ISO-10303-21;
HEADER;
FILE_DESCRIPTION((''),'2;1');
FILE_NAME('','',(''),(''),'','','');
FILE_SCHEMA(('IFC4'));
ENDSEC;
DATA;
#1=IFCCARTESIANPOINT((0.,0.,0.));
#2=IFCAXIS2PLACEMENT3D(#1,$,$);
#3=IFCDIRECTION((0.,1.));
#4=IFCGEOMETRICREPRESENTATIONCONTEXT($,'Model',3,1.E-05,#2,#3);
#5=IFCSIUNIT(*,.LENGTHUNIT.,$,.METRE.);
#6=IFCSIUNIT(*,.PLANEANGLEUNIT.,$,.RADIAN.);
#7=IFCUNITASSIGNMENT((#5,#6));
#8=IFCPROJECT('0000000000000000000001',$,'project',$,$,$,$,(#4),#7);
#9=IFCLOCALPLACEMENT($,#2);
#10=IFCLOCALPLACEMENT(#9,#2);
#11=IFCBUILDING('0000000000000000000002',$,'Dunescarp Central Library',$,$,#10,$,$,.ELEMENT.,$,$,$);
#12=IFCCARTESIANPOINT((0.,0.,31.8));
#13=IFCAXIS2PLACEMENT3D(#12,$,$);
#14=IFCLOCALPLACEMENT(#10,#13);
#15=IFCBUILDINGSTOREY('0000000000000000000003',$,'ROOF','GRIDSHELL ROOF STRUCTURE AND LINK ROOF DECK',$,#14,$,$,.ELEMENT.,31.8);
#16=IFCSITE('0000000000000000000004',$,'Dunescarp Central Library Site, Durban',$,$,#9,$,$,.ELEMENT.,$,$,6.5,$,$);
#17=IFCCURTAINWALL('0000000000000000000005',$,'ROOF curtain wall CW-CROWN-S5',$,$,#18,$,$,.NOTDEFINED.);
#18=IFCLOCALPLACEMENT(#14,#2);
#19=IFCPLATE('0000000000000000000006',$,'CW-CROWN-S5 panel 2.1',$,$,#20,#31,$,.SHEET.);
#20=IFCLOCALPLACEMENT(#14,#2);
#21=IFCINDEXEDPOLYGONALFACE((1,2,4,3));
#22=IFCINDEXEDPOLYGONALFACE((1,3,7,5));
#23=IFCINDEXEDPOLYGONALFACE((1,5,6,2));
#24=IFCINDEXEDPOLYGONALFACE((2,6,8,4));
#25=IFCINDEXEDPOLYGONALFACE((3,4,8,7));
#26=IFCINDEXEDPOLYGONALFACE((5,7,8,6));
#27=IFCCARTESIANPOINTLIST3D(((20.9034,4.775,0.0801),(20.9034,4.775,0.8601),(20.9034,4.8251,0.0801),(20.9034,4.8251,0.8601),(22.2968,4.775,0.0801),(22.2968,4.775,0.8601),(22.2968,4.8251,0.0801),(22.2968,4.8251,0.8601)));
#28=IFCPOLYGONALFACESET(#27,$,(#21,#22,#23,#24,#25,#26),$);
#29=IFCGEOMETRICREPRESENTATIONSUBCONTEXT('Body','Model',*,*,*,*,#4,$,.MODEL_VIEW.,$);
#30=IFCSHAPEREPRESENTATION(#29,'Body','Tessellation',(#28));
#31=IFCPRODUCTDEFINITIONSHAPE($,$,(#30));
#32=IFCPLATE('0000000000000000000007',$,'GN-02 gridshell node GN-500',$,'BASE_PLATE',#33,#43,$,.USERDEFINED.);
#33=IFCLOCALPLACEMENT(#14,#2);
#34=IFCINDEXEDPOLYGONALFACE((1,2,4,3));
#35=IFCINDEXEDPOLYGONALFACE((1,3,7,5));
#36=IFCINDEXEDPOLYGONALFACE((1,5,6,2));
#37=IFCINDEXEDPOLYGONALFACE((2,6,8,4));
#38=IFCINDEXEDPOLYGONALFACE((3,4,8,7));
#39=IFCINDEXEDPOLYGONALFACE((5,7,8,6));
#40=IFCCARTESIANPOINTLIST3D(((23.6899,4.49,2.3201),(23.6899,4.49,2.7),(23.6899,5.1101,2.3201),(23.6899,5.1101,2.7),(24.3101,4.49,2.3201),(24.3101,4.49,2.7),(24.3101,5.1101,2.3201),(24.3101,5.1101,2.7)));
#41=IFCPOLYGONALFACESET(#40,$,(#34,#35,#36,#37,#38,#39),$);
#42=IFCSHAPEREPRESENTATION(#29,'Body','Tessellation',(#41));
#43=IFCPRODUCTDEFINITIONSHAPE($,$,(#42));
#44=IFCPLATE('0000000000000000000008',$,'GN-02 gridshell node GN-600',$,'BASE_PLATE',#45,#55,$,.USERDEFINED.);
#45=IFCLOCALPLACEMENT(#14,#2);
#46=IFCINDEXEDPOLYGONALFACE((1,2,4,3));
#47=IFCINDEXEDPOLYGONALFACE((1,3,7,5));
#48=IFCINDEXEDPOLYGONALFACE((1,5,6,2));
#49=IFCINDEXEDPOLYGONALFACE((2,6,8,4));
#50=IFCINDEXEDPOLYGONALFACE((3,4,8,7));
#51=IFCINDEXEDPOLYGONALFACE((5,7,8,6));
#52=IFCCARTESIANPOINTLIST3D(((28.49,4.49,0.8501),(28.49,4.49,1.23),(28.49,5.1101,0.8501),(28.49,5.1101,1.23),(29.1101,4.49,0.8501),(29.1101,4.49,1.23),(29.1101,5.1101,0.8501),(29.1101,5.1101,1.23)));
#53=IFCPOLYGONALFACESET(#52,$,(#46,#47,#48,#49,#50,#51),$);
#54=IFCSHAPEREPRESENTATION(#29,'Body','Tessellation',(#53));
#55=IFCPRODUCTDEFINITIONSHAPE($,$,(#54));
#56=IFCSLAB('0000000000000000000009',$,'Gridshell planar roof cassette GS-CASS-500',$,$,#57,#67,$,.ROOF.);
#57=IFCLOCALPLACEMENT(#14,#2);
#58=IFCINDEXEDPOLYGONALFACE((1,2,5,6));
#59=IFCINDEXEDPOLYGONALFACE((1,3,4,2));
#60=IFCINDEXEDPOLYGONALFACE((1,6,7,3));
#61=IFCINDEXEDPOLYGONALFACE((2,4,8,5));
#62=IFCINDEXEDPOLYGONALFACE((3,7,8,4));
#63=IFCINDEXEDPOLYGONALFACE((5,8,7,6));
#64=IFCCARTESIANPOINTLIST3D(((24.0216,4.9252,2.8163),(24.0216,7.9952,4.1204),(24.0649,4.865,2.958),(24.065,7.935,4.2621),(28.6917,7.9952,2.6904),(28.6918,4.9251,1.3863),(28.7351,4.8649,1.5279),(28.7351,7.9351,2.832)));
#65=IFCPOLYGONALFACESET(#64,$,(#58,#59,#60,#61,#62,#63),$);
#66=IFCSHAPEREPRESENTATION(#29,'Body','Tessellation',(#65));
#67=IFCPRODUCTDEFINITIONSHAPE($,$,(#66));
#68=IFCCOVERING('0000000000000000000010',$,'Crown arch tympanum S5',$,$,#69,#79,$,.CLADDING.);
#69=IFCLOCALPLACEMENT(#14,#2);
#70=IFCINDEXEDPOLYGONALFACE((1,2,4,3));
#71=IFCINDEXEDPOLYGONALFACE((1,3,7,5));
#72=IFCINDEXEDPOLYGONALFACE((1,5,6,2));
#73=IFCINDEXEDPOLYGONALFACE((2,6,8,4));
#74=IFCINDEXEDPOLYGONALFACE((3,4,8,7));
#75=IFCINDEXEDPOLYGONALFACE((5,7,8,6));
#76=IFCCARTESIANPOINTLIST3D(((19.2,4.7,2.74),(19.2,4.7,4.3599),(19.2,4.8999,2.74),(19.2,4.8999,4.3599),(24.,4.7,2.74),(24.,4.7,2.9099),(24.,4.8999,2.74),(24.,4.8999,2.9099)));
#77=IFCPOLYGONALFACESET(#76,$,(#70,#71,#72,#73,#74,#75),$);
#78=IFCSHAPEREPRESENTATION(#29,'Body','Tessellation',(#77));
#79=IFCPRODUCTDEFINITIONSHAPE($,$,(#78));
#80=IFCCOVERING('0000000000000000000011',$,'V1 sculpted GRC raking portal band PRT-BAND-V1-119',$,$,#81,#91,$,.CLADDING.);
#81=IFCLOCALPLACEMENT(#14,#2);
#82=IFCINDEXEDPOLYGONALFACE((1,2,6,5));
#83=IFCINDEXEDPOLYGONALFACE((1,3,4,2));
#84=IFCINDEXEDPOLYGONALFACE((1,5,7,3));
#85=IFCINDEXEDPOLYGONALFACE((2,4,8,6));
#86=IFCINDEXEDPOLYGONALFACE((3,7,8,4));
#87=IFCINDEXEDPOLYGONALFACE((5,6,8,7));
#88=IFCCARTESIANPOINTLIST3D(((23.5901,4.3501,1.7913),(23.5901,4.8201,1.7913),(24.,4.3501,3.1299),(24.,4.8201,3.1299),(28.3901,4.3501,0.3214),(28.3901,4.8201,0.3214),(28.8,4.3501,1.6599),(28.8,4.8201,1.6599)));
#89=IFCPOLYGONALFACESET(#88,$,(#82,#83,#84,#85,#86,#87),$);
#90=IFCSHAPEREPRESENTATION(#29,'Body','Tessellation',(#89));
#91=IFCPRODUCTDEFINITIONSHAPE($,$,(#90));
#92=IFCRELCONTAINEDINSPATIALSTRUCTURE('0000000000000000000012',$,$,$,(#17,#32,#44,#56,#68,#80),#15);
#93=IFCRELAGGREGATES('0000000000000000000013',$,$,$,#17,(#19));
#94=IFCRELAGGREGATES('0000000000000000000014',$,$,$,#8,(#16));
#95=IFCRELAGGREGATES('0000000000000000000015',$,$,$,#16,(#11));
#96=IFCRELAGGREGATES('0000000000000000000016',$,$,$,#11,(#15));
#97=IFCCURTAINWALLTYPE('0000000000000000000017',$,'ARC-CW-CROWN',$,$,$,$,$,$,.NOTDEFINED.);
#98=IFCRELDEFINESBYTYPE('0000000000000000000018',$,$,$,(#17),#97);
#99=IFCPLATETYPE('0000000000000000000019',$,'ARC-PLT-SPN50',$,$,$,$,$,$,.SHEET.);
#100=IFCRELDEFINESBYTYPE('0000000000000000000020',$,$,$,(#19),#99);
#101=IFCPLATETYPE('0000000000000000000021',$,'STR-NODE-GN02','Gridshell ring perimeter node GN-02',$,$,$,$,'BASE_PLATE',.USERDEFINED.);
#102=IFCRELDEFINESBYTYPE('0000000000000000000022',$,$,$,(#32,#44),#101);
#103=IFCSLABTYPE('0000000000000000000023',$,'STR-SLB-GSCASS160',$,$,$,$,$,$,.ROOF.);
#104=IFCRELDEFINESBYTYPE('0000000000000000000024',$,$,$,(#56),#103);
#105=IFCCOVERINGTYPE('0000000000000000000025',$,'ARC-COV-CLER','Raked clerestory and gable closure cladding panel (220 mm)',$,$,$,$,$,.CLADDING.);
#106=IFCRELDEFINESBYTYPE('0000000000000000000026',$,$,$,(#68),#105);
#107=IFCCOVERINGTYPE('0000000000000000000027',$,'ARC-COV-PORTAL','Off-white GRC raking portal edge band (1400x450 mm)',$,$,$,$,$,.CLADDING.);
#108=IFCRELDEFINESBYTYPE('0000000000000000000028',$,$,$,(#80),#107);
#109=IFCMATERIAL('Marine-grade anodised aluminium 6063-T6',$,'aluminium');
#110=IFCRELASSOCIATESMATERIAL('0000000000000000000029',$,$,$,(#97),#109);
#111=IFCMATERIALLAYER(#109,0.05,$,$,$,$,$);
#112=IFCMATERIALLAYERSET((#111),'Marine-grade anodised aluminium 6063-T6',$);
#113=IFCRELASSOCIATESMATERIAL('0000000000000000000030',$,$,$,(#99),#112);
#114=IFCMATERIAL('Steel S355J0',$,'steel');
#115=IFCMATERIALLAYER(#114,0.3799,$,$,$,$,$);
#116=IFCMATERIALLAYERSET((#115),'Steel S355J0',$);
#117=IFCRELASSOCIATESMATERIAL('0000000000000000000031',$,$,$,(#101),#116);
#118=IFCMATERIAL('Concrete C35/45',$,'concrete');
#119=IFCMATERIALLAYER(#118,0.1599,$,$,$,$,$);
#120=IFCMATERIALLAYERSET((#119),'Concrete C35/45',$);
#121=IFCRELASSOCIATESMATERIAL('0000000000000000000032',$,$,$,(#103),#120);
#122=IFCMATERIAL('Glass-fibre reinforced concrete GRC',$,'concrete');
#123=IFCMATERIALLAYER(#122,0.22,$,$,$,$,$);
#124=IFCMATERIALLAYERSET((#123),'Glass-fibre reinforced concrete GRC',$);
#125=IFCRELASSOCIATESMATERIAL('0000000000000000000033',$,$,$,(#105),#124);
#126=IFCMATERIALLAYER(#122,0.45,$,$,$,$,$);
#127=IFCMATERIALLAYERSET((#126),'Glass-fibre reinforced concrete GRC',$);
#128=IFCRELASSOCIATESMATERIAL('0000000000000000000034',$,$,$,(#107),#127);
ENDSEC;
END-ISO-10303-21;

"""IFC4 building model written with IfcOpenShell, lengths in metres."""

from ifc_helpers import new_model, si_unit, direction, frame, origin, origin_2d, place, context, subcontext, project, spatial, polyline, rectangle, outline, extrude, material, layer, layer_set, type_object, element, aggregate, save


model = new_model("IFC4")

# Units and contexts
model_context = context("Model", 3, precision=1e-05, world=origin(), true_north=direction((0.0, 1.0)))
body_context = subcontext(model_context, "Body", "Model", "MODEL_VIEW")
ifc_project = project(units=[si_unit("LENGTHUNIT", "METRE"), si_unit("PLANEANGLEUNIT", "RADIAN")], contexts=[model_context])

# Site, building, storey
site_placement = place(None, origin())
site = spatial("IfcSite", under=ifc_project, at=site_placement, Name="Dunescarp Central Library Site, Durban", CompositionType="ELEMENT", RefElevation=6.5)
building_placement = place(site_placement, origin())
building = spatial("IfcBuilding", under=site, at=building_placement, Name="Dunescarp Central Library", CompositionType="ELEMENT")
storey_placement = place(building_placement, frame((0.0, 0.0, 31.8)))
storey = spatial("IfcBuildingStorey", under=building, at=storey_placement, Name="ROOF", Description="GRIDSHELL ROOF STRUCTURE AND LINK ROOF DECK", CompositionType="ELEMENT", Elevation=31.8)

# Curtain wall
ifc_material_1 = material(Name="Marine-grade anodised aluminium 6063-T6", Category="aluminium")
curtain_wall_type = type_object("IfcCurtainWallType", Name="ARC-CW-CROWN", PredefinedType="NOTDEFINED", material=ifc_material_1)
curtain_wall_placement = place(storey_placement, origin())
curtain_wall = element("IfcCurtainWall", 1, at=curtain_wall_placement, inside=storey, type_object=curtain_wall_type, Name="ROOF curtain wall CW-CROWN-S5", PredefinedType="NOTDEFINED")

# Shared definitions
ifc_material_2 = material(Name="Steel S355J0", Category="steel")

# Plate
ifc_layer_1 = layer(ifc_material_1, 0.05)
ifc_layer_set_1 = layer_set([ifc_layer_1], Name="Marine-grade anodised aluminium 6063-T6")
plate_type_1 = type_object("IfcPlateType", Name="ARC-PLT-SPN50", PredefinedType="SHEET", material=ifc_layer_set_1)
plate_1_placement = place(storey_placement, frame((21.6001, 4.8, 0.0801), z_axis=(0.0, 0.0, 1.0), x_axis=(-1.0, 0.0, 0.0)))
plate_1 = element("IfcPlate", 2, at=plate_1_placement, type_object=plate_type_1, Name="CW-CROWN-S5 panel 2.1", PredefinedType="SHEET", context=body_context, shape_type="SweptSolid", body=[
    extrude(rectangle(XDim=1.3933, YDim=0.05, at=origin_2d()), origin(), (0.0, 0.0, 1.0), 0.78),
])
aggregate(curtain_wall, [plate_1])

# Plates
ifc_layer_2 = layer(ifc_material_2, 0.3799)
ifc_layer_set_2 = layer_set([ifc_layer_2], Name="Steel S355J0")
plate_type_2 = type_object("IfcPlateType", Name="STR-NODE-GN02", Description="Gridshell ring perimeter node GN-02", ElementType="BASE_PLATE", PredefinedType="USERDEFINED", material=ifc_layer_set_2)
for number, where, z_axis, x_axis, name in (
    (3, (24.0, 4.8, 2.3201), (0.0, 0.0, 1.0), (1.0, 0.0, 0.0), "GN-02 gridshell node GN-500"),
    (4, (28.8, 4.8, 0.8501), (0.0, 0.0, 1.0), (1.0, 0.0, 0.0), "GN-02 gridshell node GN-600"),
):
    element("IfcPlate", number, at=place(storey_placement, frame(where, z_axis=z_axis, x_axis=x_axis)), inside=storey, type_object=plate_type_2, Name=name, ObjectType="BASE_PLATE", PredefinedType="USERDEFINED", context=body_context, shape_type="SweptSolid", body=[
        extrude(rectangle(XDim=0.6201, YDim=0.6201, at=origin_2d()), origin(), (0.0, 0.0, 1.0), 0.3799),
    ])

# Slab
ifc_material_3 = material(Name="Concrete C35/45", Category="concrete")
ifc_layer_3 = layer(ifc_material_3, 0.1599)
ifc_layer_set_3 = layer_set([ifc_layer_3], Name="Concrete C35/45")
slab_type = type_object("IfcSlabType", Name="STR-SLB-GSCASS160", PredefinedType="ROOF", material=ifc_layer_set_3)
slab_placement = place(storey_placement, frame((24.0649, 4.865, 2.958), z_axis=(0.27127, -0.376303, 0.885894), x_axis=(0.956175, -0.000008, -0.292794)))
element("IfcSlab", 5, at=slab_placement, inside=storey, type_object=slab_type, Name="Gridshell planar roof cassette GS-CASS-500", PredefinedType="ROOF", context=body_context, shape_type="SweptSolid", body=[
    extrude(outline(polyline([(0.0, 0.0), (4.8842, 0.0), (4.5024, 3.3137), (-0.3818, 3.3136), (0.0, 0.0)])), origin(), (0.0, 0.0, -1.0), 0.1599),
])

# Coverings
ifc_material_4 = material(Name="Glass-fibre reinforced concrete GRC", Category="concrete")
ifc_layer_4 = layer(ifc_material_4, 0.22)
ifc_layer_set_4 = layer_set([ifc_layer_4], Name="Glass-fibre reinforced concrete GRC")
covering_type_1 = type_object("IfcCoveringType", Name="ARC-COV-CLER", Description="Raked clerestory and gable closure cladding panel (220 mm)", PredefinedType="CLADDING", material=ifc_layer_set_4)
covering_1_placement = place(storey_placement, frame((24.0, 4.8, 2.74), z_axis=(0.0, 0.0, 1.0), x_axis=(-1.0, 0.0, 0.0)))
element("IfcCovering", 6, at=covering_1_placement, inside=storey, type_object=covering_type_1, Name="Crown arch tympanum S5", PredefinedType="CLADDING", context=body_context, shape_type="SweptSolid", body=[
    extrude(outline(polyline([(0.0, 0.0), (4.8, 0.0), (4.8, 1.6199), (0.0, 0.1699), (0.0, 0.0)])), frame((0.0, 0.1001, 0.0), z_axis=(0.0, -1.0, 0.0), x_axis=(1.0, 0.0, 0.0)), (0.0, 0.0, 1.0), 0.2),
])
ifc_layer_5 = layer(ifc_material_4, 0.45)
ifc_layer_set_5 = layer_set([ifc_layer_5], Name="Glass-fibre reinforced concrete GRC")
covering_type_2 = type_object("IfcCoveringType", Name="ARC-COV-PORTAL", Description="Off-white GRC raking portal edge band (1400x450 mm)", PredefinedType="CLADDING", material=ifc_layer_set_5)
covering_2_placement = place(storey_placement, frame((24.0, 4.3501, 3.1299), z_axis=(0.292818, 0.0, 0.956168), x_axis=(0.956168, 0.0, -0.292818)))
element("IfcCovering", 7, at=covering_2_placement, inside=storey, type_object=covering_type_2, Name="V1 sculpted GRC raking portal band PRT-BAND-V1-119", PredefinedType="CLADDING", context=body_context, shape_type="SweptSolid", body=[
    extrude(outline(polyline([(0.0, 0.0), (5.0201, 0.0), (5.0201, 0.47), (0.0, 0.47), (0.0, 0.0)])), origin(), (0.0, 0.0, -1.0), 1.3999),
])

save(model, "model.ifc")
